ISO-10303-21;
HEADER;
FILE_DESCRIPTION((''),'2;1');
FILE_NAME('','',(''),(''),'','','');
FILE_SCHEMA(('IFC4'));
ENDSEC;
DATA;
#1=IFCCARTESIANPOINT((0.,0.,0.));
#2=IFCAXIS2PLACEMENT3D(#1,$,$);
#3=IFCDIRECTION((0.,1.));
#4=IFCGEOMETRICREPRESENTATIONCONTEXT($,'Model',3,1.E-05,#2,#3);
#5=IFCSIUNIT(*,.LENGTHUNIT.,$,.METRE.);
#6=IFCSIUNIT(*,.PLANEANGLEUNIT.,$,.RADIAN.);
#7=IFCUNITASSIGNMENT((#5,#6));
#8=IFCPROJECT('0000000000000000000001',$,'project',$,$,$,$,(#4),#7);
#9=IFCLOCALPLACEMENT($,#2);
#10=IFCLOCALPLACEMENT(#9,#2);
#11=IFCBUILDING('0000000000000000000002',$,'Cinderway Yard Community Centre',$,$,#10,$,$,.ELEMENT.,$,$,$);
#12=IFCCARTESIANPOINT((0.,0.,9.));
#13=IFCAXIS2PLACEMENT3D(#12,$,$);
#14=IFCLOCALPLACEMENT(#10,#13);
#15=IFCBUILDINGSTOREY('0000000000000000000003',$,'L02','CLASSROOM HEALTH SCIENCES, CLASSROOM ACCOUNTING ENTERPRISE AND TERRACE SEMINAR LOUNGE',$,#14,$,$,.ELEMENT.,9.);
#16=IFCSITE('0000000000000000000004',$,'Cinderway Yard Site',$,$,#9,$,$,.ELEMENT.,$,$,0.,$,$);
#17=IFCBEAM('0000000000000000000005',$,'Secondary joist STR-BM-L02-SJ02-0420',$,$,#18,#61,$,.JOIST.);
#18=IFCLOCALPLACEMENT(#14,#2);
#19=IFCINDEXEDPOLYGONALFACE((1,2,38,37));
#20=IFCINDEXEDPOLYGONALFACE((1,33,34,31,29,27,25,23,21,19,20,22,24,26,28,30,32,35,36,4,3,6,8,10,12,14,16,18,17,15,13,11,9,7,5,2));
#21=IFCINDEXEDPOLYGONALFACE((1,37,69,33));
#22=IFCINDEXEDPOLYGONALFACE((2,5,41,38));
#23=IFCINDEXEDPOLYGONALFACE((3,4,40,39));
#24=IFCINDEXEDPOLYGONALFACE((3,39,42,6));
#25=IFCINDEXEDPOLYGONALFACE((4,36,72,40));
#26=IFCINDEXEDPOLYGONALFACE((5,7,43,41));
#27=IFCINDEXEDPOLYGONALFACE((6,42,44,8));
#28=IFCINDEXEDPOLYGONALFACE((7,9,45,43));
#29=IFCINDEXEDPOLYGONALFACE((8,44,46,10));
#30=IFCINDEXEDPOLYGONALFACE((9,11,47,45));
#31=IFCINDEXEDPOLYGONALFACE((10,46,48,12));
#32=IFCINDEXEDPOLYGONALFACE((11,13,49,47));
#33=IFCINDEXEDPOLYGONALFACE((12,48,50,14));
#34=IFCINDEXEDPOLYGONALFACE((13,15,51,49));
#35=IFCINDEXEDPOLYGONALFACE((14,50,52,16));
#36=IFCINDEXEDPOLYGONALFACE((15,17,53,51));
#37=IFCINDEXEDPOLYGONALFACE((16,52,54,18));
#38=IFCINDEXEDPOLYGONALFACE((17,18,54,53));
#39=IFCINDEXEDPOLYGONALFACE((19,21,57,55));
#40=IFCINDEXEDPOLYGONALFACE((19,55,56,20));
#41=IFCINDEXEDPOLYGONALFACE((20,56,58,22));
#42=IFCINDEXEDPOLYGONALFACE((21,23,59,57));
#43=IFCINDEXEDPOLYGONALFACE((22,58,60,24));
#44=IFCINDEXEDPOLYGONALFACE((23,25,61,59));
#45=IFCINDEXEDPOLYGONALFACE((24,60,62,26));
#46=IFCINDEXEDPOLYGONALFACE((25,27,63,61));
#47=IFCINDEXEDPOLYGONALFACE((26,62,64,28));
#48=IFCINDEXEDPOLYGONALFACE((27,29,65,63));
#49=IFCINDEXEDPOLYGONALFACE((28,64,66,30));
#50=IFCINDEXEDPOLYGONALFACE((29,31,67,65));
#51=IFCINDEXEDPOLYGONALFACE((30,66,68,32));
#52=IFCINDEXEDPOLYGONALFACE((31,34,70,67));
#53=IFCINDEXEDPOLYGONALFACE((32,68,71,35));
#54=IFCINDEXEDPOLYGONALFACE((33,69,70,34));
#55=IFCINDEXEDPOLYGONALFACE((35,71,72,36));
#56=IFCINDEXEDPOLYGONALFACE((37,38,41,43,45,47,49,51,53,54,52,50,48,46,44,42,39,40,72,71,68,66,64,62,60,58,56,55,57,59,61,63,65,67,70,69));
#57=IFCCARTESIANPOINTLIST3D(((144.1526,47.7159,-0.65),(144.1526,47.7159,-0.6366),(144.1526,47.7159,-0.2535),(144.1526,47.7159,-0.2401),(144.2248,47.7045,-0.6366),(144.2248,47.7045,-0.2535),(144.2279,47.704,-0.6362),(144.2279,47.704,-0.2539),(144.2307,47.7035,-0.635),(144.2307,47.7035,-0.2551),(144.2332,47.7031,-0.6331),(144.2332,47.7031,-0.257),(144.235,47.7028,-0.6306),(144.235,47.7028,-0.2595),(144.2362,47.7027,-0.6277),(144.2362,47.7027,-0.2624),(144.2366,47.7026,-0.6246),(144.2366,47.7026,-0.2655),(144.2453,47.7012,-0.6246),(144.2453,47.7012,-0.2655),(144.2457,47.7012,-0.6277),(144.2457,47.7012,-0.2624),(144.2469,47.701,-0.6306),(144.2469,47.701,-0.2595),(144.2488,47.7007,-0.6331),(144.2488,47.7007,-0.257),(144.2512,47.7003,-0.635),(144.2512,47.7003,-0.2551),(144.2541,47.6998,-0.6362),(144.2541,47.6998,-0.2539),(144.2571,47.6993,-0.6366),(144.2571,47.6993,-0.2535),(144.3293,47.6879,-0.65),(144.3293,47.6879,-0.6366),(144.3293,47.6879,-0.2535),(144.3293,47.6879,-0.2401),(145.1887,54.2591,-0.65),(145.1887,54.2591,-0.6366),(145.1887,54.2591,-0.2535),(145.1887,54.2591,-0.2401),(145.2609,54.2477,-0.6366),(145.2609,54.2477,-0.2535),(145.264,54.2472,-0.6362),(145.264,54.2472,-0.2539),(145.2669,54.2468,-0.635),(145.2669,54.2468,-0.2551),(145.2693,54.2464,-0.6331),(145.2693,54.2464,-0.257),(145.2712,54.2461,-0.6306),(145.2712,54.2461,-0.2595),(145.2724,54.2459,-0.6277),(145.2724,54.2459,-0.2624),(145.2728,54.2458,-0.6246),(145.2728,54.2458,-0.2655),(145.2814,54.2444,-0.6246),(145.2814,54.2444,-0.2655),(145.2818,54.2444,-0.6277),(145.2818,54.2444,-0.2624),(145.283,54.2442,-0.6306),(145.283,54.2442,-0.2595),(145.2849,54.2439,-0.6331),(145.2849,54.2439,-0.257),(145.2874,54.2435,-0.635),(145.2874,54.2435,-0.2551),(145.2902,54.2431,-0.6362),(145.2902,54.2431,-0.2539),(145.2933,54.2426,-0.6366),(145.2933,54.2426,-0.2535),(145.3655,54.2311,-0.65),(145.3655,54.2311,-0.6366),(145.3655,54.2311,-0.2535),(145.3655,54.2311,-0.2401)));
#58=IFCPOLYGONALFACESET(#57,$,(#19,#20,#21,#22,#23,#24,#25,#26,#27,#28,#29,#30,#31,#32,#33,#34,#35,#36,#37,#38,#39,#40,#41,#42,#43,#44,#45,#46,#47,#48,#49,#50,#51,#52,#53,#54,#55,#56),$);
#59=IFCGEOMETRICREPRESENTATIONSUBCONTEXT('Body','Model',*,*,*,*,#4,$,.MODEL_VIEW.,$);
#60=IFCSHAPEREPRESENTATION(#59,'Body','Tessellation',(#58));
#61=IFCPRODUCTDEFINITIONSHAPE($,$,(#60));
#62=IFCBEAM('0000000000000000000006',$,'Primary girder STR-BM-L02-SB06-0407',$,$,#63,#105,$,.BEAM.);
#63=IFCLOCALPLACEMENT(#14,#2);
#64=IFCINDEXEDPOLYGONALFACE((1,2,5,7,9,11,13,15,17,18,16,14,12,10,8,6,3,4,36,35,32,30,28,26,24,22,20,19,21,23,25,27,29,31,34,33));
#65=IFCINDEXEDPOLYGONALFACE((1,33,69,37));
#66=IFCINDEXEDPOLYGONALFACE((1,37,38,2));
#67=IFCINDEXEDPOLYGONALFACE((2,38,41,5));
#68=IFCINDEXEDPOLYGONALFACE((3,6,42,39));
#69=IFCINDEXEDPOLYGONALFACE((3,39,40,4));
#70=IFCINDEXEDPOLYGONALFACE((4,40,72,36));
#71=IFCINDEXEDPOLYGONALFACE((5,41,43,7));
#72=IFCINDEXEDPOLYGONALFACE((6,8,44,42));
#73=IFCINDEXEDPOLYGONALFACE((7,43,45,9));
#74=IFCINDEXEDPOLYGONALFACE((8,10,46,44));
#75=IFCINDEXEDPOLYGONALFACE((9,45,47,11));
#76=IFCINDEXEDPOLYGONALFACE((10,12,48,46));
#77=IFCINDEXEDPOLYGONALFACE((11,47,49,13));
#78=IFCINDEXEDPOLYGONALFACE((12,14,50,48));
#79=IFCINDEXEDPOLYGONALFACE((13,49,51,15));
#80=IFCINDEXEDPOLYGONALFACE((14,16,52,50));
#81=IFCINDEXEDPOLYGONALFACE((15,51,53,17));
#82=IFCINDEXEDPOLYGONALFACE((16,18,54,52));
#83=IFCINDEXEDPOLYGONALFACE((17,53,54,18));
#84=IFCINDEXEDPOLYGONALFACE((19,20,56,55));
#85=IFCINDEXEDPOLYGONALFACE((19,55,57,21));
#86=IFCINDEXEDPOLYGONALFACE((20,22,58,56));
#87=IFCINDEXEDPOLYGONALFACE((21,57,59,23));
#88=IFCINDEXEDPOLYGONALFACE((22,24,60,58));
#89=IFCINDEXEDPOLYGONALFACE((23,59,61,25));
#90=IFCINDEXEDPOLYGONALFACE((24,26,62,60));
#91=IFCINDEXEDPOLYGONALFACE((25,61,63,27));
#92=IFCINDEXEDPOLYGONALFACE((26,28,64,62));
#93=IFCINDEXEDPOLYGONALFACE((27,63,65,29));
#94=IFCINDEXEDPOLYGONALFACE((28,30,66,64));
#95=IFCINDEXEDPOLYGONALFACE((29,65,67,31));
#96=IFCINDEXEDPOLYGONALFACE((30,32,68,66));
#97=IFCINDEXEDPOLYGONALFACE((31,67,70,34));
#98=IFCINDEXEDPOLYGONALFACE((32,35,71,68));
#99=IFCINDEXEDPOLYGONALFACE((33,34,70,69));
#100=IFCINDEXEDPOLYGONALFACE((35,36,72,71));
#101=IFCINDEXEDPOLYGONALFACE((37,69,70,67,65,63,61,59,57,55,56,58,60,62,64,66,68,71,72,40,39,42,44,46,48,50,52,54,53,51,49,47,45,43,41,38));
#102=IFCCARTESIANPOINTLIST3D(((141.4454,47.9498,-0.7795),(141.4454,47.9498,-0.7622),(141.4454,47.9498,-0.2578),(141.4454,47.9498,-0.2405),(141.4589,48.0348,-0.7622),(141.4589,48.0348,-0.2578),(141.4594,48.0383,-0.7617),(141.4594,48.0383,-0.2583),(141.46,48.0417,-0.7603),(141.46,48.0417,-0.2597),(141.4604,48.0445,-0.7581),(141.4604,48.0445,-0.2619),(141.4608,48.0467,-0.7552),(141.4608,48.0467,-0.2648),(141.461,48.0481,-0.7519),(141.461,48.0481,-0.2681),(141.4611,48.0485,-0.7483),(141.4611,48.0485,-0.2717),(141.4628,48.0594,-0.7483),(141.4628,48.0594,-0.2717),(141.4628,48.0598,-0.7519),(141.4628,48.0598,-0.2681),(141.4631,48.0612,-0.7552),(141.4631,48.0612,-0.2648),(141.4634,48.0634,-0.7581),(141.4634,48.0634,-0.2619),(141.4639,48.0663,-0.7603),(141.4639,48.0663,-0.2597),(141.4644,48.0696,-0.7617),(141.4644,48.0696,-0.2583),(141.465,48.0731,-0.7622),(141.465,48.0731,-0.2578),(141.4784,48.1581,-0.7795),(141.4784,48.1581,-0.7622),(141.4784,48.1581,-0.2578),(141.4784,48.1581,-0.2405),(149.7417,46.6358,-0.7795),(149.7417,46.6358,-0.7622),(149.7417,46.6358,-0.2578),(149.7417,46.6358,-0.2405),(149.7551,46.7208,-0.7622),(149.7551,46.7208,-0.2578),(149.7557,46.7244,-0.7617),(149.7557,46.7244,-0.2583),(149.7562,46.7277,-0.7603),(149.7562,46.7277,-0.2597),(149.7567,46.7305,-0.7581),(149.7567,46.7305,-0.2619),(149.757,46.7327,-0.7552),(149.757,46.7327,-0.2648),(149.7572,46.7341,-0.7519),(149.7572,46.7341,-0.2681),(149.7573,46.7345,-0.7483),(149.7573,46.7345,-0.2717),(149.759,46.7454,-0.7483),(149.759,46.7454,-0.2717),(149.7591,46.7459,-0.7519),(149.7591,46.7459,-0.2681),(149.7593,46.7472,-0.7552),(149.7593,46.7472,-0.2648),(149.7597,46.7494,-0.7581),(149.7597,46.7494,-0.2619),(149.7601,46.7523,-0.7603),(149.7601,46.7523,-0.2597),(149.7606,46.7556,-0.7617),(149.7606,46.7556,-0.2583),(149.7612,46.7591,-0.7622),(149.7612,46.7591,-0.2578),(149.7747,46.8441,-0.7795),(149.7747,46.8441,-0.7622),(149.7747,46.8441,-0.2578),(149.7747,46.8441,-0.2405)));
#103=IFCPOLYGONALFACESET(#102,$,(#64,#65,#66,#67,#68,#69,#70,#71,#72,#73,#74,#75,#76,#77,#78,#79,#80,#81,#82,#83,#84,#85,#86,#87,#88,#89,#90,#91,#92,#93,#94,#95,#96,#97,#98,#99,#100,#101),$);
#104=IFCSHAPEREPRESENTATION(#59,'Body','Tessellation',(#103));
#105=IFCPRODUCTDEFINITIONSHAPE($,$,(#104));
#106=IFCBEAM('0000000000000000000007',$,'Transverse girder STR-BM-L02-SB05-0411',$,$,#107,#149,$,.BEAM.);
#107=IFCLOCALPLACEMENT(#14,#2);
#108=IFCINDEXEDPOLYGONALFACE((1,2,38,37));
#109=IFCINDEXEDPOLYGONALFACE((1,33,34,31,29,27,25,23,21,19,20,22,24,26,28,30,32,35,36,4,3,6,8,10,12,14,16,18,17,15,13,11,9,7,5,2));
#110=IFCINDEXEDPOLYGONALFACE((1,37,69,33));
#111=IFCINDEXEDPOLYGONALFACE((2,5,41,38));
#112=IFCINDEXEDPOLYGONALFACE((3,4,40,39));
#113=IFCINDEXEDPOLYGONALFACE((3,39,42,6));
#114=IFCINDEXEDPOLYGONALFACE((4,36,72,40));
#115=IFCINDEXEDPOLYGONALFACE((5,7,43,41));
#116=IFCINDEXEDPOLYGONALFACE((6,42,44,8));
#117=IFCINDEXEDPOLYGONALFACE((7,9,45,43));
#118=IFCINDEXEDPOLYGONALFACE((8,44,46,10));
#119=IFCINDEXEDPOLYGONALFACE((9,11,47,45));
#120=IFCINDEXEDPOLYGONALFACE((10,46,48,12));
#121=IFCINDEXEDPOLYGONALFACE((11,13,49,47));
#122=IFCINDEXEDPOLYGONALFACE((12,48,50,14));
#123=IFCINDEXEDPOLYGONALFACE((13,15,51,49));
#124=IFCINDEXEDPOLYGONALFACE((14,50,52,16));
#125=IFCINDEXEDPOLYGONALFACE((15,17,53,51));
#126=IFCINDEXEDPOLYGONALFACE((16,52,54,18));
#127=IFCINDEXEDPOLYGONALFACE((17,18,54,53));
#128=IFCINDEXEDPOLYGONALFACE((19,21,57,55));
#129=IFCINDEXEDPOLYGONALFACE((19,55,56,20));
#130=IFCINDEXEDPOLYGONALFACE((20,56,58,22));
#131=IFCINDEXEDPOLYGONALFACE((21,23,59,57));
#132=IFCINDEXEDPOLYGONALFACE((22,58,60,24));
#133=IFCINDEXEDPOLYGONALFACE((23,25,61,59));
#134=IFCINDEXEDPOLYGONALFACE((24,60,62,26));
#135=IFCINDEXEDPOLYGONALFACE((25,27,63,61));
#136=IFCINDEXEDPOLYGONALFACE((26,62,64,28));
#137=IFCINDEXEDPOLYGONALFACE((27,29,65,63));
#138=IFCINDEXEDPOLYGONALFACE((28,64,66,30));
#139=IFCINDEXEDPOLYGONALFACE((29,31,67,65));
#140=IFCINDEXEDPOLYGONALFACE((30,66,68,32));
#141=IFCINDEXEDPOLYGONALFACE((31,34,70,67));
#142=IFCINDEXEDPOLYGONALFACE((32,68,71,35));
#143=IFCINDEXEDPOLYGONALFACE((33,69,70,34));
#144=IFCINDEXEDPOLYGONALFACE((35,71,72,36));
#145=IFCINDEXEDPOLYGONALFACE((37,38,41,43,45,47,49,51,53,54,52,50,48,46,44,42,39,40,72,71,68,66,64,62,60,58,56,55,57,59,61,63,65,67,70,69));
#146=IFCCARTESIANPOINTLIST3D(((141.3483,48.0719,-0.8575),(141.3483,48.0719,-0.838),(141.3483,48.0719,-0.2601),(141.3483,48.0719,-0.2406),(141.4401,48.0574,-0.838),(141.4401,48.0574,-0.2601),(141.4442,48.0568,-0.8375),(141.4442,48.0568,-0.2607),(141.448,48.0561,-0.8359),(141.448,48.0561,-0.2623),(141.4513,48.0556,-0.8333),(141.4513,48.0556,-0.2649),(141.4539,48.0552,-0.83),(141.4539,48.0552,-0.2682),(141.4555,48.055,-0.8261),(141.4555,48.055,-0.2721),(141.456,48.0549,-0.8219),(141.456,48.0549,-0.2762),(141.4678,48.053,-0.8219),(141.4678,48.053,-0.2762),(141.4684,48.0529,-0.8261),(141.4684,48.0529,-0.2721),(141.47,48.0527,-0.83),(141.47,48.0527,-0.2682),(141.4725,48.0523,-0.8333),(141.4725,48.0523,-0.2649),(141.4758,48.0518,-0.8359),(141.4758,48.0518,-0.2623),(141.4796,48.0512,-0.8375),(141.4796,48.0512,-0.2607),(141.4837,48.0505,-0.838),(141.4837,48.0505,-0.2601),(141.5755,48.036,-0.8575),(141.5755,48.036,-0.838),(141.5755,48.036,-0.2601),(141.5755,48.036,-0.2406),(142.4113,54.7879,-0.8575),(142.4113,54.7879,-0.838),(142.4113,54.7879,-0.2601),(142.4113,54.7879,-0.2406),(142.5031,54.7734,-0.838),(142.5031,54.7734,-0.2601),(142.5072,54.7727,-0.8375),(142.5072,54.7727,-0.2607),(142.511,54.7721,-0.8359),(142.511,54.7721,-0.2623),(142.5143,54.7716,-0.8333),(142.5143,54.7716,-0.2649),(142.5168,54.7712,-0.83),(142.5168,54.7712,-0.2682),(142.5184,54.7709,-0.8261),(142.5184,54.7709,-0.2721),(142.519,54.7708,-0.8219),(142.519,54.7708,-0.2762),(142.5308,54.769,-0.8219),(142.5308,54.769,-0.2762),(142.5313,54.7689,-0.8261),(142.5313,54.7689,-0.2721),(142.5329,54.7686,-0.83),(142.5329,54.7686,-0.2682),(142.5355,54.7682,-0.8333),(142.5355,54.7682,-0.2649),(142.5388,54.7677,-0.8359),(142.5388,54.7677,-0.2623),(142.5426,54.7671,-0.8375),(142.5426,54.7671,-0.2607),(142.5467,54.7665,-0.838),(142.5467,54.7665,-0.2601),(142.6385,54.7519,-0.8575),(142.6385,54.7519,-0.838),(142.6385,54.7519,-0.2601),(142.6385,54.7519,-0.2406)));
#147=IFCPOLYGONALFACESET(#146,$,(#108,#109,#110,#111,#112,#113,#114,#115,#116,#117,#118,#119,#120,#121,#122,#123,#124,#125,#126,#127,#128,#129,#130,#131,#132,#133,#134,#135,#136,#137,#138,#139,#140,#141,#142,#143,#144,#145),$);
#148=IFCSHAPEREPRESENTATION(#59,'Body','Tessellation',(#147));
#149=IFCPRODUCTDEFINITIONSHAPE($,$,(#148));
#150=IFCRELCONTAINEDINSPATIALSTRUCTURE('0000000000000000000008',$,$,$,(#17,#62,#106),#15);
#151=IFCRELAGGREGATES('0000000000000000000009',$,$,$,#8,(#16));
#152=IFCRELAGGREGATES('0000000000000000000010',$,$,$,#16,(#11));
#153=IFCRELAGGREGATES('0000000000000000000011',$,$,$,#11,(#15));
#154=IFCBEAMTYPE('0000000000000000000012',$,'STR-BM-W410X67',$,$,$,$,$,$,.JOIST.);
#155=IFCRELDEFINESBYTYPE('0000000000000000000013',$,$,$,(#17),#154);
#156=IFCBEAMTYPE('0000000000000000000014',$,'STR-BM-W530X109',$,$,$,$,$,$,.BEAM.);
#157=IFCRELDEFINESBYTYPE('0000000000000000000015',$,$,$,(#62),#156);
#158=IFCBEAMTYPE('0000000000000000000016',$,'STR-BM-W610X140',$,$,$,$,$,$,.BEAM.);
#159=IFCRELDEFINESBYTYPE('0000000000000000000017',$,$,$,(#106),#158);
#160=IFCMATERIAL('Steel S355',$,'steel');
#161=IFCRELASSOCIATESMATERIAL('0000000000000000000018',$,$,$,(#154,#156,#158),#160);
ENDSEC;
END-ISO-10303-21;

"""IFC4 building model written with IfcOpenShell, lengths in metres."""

from ifc_helpers import new_model, si_unit, direction, frame, origin, origin_2d, place, context, subcontext, project, spatial, i_section, extrude, material, material_profile, profile_set, type_object, element, save


model = new_model("IFC4")

# Units and contexts
model_context = context("Model", 3, precision=1e-05, world=origin(), true_north=direction((0.0, 1.0)))
body_context = subcontext(model_context, "Body", "Model", "MODEL_VIEW")
ifc_project = project(units=[si_unit("LENGTHUNIT", "METRE"), si_unit("PLANEANGLEUNIT", "RADIAN")], contexts=[model_context])

# Site, building, storey
site_placement = place(None, origin())
site = spatial("IfcSite", under=ifc_project, at=site_placement, Name="Cinderway Yard Site", CompositionType="ELEMENT", RefElevation=0.0)
building_placement = place(site_placement, origin())
building = spatial("IfcBuilding", under=site, at=building_placement, Name="Cinderway Yard Community Centre", CompositionType="ELEMENT")
storey_placement = place(building_placement, frame((0.0, 0.0, 9.0)))
storey = spatial("IfcBuildingStorey", under=building, at=storey_placement, Name="L02", Description="CLASSROOM HEALTH SCIENCES, CLASSROOM ACCOUNTING ENTERPRISE AND TERRACE SEMINAR LOUNGE", CompositionType="ELEMENT", Elevation=9.0)

# Beams
ifc_material_1 = material(Name="Steel S355", Category="steel")
ifc_material_profile_1 = material_profile(ifc_material_1, i_section(OverallWidth=0.179, OverallDepth=0.4099, WebThickness=0.0088, FlangeThickness=0.0134, FilletRadius=0.012, at=origin_2d()), Name="Steel S355")
ifc_profile_set_1 = profile_set([ifc_material_profile_1], Name="Steel S355")
beam_type_1 = type_object("IfcBeamType", Name="STR-BM-W410X67", PredefinedType="JOIST", material=ifc_profile_set_1)
beam_1_placement = place(storey_placement, frame((144.241, 47.7019, -0.4451), z_axis=(0.156403, 0.987693, 0.0), x_axis=(-0.987693, 0.156403, 0.0)))
element("IfcBeam", 1, at=beam_1_placement, inside=storey, type_object=beam_type_1, Name="Secondary joist STR-BM-L02-SJ02-0420", PredefinedType="JOIST", context=body_context, shape_type="SweptSolid", body=[
    extrude(i_section(OverallWidth=0.179, OverallDepth=0.4099, WebThickness=0.0088, FlangeThickness=0.0134, FilletRadius=0.012, at=origin_2d()), origin(), (0.0, 0.0, 1.0), 6.6248),
])
ifc_material_profile_2 = material_profile(ifc_material_1, i_section(OverallWidth=0.2109, OverallDepth=0.5391, WebThickness=0.011, FlangeThickness=0.0173, FilletRadius=0.0139, at=origin_2d()), Name="Steel S355")
ifc_profile_set_2 = profile_set([ifc_material_profile_2], Name="Steel S355")
beam_type_2 = type_object("IfcBeamType", Name="STR-BM-W530X109", PredefinedType="BEAM", material=ifc_profile_set_2)
beam_2_placement = place(storey_placement, frame((141.4619, 48.054, -0.51), z_axis=(0.987689, -0.156433, 0.0), x_axis=(0.156433, 0.987689, 0.0)))
element("IfcBeam", 2, at=beam_2_placement, inside=storey, type_object=beam_type_2, Name="Primary girder STR-BM-L02-SB06-0407", PredefinedType="BEAM", context=body_context, shape_type="SweptSolid", body=[
    extrude(i_section(OverallWidth=0.2109, OverallDepth=0.5391, WebThickness=0.011, FlangeThickness=0.0173, FilletRadius=0.0139, at=origin_2d()), origin(), (0.0, 0.0, 1.0), 8.3997),
])
ifc_material_profile_3 = material_profile(ifc_material_1, i_section(OverallWidth=0.23, OverallDepth=0.6169, WebThickness=0.012, FlangeThickness=0.0195, FilletRadius=0.0161, at=origin_2d()), Name="Steel S355")
ifc_profile_set_3 = profile_set([ifc_material_profile_3], Name="Steel S355")
beam_type_3 = type_object("IfcBeamType", Name="STR-BM-W610X140", PredefinedType="BEAM", material=ifc_profile_set_3)
beam_3_placement = place(storey_placement, frame((141.4619, 48.054, -0.5491), z_axis=(0.156329, 0.987705, 0.0), x_axis=(-0.987705, 0.156329, 0.0)))
element("IfcBeam", 3, at=beam_3_placement, inside=storey, type_object=beam_type_3, Name="Transverse girder STR-BM-L02-SB05-0411", PredefinedType="BEAM", context=body_context, shape_type="SweptSolid", body=[
    extrude(i_section(OverallWidth=0.23, OverallDepth=0.6169, WebThickness=0.012, FlangeThickness=0.0195, FilletRadius=0.0161, at=origin_2d()), origin(), (0.0, 0.0, 1.0), 6.7996),
])

save(model, "model.ifc")
